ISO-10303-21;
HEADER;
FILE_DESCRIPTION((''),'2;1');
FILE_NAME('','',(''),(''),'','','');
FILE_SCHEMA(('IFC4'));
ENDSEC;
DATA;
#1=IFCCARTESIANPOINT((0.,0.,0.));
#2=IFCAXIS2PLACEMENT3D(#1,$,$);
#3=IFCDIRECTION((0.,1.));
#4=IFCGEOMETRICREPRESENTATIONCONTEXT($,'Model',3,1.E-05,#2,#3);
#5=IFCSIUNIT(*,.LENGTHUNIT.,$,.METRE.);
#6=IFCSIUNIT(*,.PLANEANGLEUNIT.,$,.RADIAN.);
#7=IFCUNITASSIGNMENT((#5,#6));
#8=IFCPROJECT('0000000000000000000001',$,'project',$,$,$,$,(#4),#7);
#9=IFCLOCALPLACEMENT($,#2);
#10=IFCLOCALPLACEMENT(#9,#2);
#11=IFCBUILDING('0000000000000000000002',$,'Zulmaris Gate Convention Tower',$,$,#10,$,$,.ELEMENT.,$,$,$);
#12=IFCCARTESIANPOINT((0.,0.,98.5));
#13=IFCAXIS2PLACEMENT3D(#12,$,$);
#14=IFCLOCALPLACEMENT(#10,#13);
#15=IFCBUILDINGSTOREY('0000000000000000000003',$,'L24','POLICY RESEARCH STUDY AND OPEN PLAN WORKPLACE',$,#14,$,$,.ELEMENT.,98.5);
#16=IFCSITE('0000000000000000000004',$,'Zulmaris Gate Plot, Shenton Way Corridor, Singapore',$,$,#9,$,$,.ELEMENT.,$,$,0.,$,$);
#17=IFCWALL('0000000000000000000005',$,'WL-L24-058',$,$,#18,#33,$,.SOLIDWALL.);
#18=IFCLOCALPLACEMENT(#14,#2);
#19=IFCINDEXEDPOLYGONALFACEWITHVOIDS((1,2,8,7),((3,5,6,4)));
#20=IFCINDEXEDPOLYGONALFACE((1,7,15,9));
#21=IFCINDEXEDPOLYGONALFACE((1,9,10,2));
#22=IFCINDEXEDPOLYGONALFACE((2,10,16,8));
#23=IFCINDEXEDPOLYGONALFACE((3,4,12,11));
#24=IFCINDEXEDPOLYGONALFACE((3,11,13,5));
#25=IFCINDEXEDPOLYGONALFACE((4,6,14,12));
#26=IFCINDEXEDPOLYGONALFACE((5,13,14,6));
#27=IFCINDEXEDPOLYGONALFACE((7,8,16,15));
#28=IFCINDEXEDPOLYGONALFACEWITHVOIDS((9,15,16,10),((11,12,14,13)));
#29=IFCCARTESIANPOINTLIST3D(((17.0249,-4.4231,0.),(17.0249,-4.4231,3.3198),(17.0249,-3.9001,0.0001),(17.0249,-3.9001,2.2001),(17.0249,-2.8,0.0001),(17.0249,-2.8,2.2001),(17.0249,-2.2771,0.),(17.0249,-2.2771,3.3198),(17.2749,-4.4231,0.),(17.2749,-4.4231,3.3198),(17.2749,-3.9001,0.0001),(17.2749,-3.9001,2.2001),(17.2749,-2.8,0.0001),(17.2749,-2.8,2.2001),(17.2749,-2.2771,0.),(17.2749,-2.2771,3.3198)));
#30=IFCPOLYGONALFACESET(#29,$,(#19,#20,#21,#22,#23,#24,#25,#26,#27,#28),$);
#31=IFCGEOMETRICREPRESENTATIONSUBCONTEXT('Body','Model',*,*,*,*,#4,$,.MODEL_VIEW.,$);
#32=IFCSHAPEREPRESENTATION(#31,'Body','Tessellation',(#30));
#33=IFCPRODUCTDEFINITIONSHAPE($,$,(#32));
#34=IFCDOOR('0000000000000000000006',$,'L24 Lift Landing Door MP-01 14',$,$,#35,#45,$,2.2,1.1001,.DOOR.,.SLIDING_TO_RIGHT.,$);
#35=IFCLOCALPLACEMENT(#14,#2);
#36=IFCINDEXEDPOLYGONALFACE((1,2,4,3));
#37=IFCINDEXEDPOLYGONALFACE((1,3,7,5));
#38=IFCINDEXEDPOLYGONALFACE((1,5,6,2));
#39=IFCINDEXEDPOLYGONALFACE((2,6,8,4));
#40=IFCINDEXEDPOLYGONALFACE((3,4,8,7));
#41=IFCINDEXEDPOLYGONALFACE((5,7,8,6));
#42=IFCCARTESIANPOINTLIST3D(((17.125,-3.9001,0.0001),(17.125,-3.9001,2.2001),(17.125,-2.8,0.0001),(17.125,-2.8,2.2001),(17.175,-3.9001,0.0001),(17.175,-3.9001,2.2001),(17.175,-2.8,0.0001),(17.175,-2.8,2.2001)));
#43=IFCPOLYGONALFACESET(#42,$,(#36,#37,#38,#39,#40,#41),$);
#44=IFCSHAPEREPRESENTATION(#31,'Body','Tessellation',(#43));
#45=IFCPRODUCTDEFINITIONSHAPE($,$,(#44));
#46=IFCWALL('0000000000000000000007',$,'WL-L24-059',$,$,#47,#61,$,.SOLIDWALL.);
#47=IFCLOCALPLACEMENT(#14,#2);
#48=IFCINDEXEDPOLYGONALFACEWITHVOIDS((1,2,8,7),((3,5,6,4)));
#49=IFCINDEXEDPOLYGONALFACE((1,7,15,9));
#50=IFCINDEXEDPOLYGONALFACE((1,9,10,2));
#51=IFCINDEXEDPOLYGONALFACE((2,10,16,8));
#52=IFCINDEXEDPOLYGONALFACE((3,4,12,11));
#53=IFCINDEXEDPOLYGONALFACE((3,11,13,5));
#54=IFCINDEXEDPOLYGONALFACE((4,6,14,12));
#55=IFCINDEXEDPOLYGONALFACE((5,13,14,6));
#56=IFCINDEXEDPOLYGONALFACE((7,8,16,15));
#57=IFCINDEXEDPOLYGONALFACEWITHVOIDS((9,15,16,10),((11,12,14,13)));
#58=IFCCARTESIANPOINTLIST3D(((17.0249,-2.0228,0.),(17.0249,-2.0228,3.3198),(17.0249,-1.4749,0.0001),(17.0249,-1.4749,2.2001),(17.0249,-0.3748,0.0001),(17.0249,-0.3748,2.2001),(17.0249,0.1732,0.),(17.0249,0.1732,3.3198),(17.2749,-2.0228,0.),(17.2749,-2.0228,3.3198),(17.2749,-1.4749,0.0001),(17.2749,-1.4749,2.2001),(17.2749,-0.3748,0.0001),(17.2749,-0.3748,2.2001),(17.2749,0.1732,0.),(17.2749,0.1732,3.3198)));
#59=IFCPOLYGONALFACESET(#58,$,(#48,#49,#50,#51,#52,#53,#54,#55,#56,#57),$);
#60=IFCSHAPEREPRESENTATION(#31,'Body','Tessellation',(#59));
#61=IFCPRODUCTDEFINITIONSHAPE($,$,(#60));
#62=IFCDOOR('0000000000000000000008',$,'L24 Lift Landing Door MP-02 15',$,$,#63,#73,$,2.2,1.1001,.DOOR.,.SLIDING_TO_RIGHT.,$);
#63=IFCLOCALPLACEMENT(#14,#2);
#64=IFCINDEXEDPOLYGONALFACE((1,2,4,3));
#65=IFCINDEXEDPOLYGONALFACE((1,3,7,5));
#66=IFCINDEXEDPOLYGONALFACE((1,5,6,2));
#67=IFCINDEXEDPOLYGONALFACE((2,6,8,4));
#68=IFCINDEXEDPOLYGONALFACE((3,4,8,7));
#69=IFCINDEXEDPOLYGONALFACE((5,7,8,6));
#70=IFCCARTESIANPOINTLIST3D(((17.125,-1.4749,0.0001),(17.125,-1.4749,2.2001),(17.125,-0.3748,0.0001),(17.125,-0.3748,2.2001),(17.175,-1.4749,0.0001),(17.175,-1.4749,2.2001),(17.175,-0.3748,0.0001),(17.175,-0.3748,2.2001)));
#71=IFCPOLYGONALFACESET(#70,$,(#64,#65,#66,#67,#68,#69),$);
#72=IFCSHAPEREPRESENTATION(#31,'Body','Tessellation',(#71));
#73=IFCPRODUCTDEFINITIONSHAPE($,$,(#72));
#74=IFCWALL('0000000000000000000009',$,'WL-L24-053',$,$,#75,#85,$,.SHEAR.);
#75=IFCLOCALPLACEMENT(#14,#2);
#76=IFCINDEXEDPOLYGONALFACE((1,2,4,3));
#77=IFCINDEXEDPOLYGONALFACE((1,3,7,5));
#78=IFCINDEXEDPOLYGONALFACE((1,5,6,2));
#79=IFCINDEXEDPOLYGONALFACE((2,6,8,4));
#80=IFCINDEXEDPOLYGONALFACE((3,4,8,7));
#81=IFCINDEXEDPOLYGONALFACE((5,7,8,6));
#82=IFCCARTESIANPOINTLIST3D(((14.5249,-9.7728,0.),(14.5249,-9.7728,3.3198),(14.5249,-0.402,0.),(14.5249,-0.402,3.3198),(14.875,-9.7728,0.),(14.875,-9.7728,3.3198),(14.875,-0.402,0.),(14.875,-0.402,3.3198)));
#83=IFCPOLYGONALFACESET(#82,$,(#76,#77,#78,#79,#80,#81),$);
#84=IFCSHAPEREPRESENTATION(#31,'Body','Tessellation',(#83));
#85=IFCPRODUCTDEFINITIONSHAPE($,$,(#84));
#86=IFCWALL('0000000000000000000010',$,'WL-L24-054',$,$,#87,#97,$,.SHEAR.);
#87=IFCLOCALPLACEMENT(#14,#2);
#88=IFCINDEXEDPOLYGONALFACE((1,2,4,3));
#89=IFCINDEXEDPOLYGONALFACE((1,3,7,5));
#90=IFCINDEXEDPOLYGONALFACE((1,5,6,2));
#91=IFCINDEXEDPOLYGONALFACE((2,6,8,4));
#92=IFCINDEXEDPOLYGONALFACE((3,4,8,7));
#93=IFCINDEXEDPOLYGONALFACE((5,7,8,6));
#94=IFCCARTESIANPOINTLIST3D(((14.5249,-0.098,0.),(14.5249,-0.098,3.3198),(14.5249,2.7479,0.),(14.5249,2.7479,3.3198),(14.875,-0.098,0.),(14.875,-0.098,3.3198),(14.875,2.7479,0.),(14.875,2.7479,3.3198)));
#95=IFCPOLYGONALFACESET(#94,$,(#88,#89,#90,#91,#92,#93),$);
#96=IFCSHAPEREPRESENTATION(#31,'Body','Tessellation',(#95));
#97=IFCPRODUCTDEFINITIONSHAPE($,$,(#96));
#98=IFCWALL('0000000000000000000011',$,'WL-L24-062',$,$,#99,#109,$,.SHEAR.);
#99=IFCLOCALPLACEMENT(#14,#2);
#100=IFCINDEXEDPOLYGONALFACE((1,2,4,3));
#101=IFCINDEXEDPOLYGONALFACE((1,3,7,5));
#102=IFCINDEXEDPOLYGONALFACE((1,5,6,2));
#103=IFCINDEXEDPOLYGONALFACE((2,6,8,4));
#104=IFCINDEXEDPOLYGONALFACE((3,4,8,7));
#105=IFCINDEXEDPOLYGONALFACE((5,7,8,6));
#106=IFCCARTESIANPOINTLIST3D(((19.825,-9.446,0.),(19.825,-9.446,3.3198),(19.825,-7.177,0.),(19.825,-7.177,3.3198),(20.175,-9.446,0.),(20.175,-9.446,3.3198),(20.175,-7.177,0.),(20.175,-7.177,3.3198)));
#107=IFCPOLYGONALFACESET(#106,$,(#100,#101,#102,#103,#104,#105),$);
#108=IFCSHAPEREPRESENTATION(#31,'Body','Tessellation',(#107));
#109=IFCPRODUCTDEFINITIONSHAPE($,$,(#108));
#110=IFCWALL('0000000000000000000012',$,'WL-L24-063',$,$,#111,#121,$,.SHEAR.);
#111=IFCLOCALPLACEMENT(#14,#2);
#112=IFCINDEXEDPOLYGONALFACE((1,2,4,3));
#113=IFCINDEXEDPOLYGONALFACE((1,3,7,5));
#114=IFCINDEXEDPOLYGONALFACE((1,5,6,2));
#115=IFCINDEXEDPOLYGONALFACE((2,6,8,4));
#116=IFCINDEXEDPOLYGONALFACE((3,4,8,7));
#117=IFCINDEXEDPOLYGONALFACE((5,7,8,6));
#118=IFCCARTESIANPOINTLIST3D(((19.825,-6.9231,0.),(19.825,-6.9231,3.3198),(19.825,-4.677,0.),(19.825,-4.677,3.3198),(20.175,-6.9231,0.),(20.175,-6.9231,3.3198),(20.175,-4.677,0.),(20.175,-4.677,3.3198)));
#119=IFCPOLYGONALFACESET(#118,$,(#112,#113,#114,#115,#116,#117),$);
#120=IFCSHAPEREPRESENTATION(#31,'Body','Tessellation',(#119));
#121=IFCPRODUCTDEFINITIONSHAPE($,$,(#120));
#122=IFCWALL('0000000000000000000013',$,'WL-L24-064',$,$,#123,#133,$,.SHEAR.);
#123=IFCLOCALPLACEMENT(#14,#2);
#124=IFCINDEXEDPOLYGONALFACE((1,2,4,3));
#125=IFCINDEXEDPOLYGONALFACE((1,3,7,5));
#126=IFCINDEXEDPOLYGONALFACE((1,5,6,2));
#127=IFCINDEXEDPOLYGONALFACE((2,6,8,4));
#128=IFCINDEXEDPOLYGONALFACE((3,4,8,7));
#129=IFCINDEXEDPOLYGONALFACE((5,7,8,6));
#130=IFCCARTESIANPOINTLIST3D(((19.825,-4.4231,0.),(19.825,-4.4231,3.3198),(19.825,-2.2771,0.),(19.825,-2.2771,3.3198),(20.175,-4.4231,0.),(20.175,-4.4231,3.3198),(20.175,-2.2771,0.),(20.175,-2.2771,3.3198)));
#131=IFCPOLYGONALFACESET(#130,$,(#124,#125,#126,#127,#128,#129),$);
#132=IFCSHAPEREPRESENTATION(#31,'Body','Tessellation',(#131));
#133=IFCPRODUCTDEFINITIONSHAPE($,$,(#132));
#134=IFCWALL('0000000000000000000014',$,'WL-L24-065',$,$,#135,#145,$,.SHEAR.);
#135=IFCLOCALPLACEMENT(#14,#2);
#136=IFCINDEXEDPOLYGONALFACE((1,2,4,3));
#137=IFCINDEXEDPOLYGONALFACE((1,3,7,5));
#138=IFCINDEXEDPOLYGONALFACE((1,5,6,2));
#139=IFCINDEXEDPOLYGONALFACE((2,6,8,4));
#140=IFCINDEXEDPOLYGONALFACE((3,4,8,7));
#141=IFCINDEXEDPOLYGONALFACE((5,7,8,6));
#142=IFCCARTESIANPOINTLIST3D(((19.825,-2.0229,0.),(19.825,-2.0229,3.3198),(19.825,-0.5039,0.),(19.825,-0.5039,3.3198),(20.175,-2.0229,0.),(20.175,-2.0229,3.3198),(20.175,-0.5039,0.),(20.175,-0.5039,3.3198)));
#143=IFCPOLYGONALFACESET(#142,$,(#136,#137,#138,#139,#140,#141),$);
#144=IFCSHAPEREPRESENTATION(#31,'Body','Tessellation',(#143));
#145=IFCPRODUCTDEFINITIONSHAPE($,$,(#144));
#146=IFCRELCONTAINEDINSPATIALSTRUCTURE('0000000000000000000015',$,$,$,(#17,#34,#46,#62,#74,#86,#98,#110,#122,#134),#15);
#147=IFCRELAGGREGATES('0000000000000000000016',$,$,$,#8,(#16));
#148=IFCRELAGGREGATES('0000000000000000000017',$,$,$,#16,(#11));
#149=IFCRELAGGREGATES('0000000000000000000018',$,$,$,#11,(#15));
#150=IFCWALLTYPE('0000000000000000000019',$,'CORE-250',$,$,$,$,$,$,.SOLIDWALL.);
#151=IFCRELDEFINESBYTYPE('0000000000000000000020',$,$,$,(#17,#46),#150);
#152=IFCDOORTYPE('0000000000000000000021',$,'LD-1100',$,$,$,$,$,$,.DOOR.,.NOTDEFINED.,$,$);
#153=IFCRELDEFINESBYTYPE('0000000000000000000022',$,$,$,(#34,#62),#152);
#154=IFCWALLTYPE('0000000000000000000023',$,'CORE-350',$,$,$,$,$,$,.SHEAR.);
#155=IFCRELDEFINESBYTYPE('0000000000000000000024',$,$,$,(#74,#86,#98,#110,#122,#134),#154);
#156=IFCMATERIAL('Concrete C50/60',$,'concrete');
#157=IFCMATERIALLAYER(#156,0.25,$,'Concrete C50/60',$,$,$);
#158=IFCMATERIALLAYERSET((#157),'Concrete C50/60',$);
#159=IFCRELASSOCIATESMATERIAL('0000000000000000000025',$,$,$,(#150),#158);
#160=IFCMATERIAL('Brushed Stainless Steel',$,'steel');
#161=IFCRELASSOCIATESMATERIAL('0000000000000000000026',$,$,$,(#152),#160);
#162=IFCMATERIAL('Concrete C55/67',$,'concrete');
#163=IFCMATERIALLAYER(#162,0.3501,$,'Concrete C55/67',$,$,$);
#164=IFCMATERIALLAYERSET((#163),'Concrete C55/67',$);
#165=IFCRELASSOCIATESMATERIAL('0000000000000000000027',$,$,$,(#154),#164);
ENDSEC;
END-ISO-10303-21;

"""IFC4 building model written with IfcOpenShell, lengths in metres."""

from ifc_helpers import new_model, si_unit, direction, frame, frame_2d, origin, place, context, subcontext, project, spatial, rectangle, extrude, material, layer, layer_set, type_object, element, fill, save


model = new_model("IFC4")

# Units and contexts
model_context = context("Model", 3, precision=1e-05, world=origin(), true_north=direction((0.0, 1.0)))
body_context = subcontext(model_context, "Body", "Model", "MODEL_VIEW")
ifc_project = project(units=[si_unit("LENGTHUNIT", "METRE"), si_unit("PLANEANGLEUNIT", "RADIAN")], contexts=[model_context])

# Site, building, storey
site_placement = place(None, origin())
site = spatial("IfcSite", under=ifc_project, at=site_placement, Name="Zulmaris Gate Plot, Shenton Way Corridor, Singapore", CompositionType="ELEMENT", RefElevation=0.0)
building_placement = place(site_placement, origin())
building = spatial("IfcBuilding", under=site, at=building_placement, Name="Zulmaris Gate Convention Tower", CompositionType="ELEMENT")
storey_placement = place(building_placement, frame((0.0, 0.0, 98.5)))
storey = spatial("IfcBuildingStorey", under=building, at=storey_placement, Name="L24", Description="POLICY RESEARCH STUDY AND OPEN PLAN WORKPLACE", CompositionType="ELEMENT", Elevation=98.5)

# Shared definitions
ifc_material_1 = material(Name="Concrete C50/60", Category="concrete")
ifc_layer_1 = layer(ifc_material_1, 0.25, Name="Concrete C50/60")
ifc_layer_set_1 = layer_set([ifc_layer_1], Name="Concrete C50/60")
wall_type_1 = type_object("IfcWallType", Name="CORE-250", PredefinedType="SOLIDWALL", material=ifc_layer_set_1)

# Walls, openings, doors
wall_1_placement = place(storey_placement, frame((17.1499, -4.4231, 0.0), z_axis=(0.0, 0.0, 1.0), x_axis=(0.0, 1.0, 0.0)))
wall_1 = element("IfcWall", 1, at=wall_1_placement, inside=storey, type_object=wall_type_1, Name="WL-L24-058", PredefinedType="SOLIDWALL", context=body_context, shape_type="SweptSolid", body=[
    extrude(rectangle(XDim=2.146, YDim=0.25, at=frame_2d((1.073, 0.0))), origin(), (0.0, 0.0, 1.0), 3.3198),
])
opening_1_placement = place(wall_1_placement, frame((0.5229, 0.0, 0.0)))
opening_1 = element("IfcOpeningElement", 2, at=opening_1_placement, cuts=wall_1, PredefinedType="OPENING", context=body_context, shape_type="SweptSolid", body=[
    extrude(rectangle(XDim=1.1001, YDim=2.2, at=frame_2d((0.55, 1.1001))), frame((0.0, 0.135, 0.0), z_axis=(0.0, -1.0, 0.0), x_axis=(1.0, 0.0, 0.0)), (0.0, 0.0, 1.0), 0.27),
])
ifc_material_2 = material(Name="Brushed Stainless Steel", Category="steel")
door_type = type_object("IfcDoorType", Name="LD-1100", OperationType="NOTDEFINED", PredefinedType="DOOR", material=ifc_material_2)
door_1_placement = place(opening_1_placement, origin())
door_1 = element("IfcDoor", 3, at=door_1_placement, inside=storey, type_object=door_type, Name="L24 Lift Landing Door MP-01 14", OperationType="SLIDING_TO_RIGHT", OverallHeight=2.2, OverallWidth=1.1001, PredefinedType="DOOR", context=body_context, shape_type="SweptSolid", body=[
    extrude(rectangle(XDim=1.1001, YDim=2.2, at=frame_2d((0.55, 1.1001))), frame((0.0, 0.0249, 0.0), z_axis=(0.0, -1.0, 0.0), x_axis=(1.0, 0.0, 0.0)), (0.0, 0.0, 1.0), 0.05),
])
fill(opening_1, door_1)
wall_2_placement = place(storey_placement, frame((17.1499, -2.0229, 0.0), z_axis=(0.0, 0.0, 1.0), x_axis=(0.0, 1.0, 0.0)))
wall_2 = element("IfcWall", 4, at=wall_2_placement, inside=storey, type_object=wall_type_1, Name="WL-L24-059", PredefinedType="SOLIDWALL", context=body_context, shape_type="SweptSolid", body=[
    extrude(rectangle(XDim=2.196, YDim=0.25, at=frame_2d((1.0981, 0.0))), origin(), (0.0, 0.0, 1.0), 3.3198),
])
opening_2_placement = place(wall_2_placement, frame((0.5481, 0.0, 0.0)))
opening_2 = element("IfcOpeningElement", 5, at=opening_2_placement, cuts=wall_2, PredefinedType="OPENING", context=body_context, shape_type="SweptSolid", body=[
    extrude(rectangle(XDim=1.1001, YDim=2.2, at=frame_2d((0.55, 1.1001))), frame((0.0, 0.135, 0.0), z_axis=(0.0, -1.0, 0.0), x_axis=(1.0, 0.0, 0.0)), (0.0, 0.0, 1.0), 0.27),
])
door_2_placement = place(opening_2_placement, origin())
door_2 = element("IfcDoor", 6, at=door_2_placement, inside=storey, type_object=door_type, Name="L24 Lift Landing Door MP-02 15", OperationType="SLIDING_TO_RIGHT", OverallHeight=2.2, OverallWidth=1.1001, PredefinedType="DOOR", context=body_context, shape_type="SweptSolid", body=[
    extrude(rectangle(XDim=1.1001, YDim=2.2, at=frame_2d((0.55, 1.1001))), frame((0.0, 0.0249, 0.0), z_axis=(0.0, -1.0, 0.0), x_axis=(1.0, 0.0, 0.0)), (0.0, 0.0, 1.0), 0.05),
])
fill(opening_2, door_2)

# Walls
ifc_material_3 = material(Name="Concrete C55/67", Category="concrete")
ifc_layer_2 = layer(ifc_material_3, 0.3501, Name="Concrete C55/67")
ifc_layer_set_2 = layer_set([ifc_layer_2], Name="Concrete C55/67")
wall_type_2 = type_object("IfcWallType", Name="CORE-350", PredefinedType="SHEAR", material=ifc_layer_set_2)
wall_3_placement = place(storey_placement, frame((14.7, -9.7729, 0.0), z_axis=(0.0, 0.0, 1.0), x_axis=(0.0, 1.0, 0.0)))
element("IfcWall", 7, at=wall_3_placement, inside=storey, type_object=wall_type_2, Name="WL-L24-053", PredefinedType="SHEAR", context=body_context, shape_type="SweptSolid", body=[
    extrude(rectangle(XDim=9.3708, YDim=0.3501, at=frame_2d((4.6855, 0.0))), origin(), (0.0, 0.0, 1.0), 3.3198),
])
wall_4_placement = place(storey_placement, frame((14.7, -0.0979, 0.0), z_axis=(0.0, 0.0, 1.0), x_axis=(0.0, 1.0, 0.0)))
element("IfcWall", 8, at=wall_4_placement, inside=storey, type_object=wall_type_2, Name="WL-L24-054", PredefinedType="SHEAR", context=body_context, shape_type="SweptSolid", body=[
    extrude(rectangle(XDim=2.8459, YDim=0.3501, at=frame_2d((1.4229, 0.0))), origin(), (0.0, 0.0, 1.0), 3.3198),
])
wall_5_placement = place(storey_placement, frame((20.0, -9.446, 0.0), z_axis=(0.0, 0.0, 1.0), x_axis=(0.0, 1.0, 0.0)))
element("IfcWall", 9, at=wall_5_placement, inside=storey, type_object=wall_type_2, Name="WL-L24-062", PredefinedType="SHEAR", context=body_context, shape_type="SweptSolid", body=[
    extrude(rectangle(XDim=2.269, YDim=0.3501, at=frame_2d((1.1345, 0.0))), origin(), (0.0, 0.0, 1.0), 3.3198),
])
wall_6_placement = place(storey_placement, frame((20.0, -6.9231, 0.0), z_axis=(0.0, 0.0, 1.0), x_axis=(0.0, 1.0, 0.0)))
element("IfcWall", 10, at=wall_6_placement, inside=storey, type_object=wall_type_2, Name="WL-L24-063", PredefinedType="SHEAR", context=body_context, shape_type="SweptSolid", body=[
    extrude(rectangle(XDim=2.2461, YDim=0.3501, at=frame_2d((1.123, 0.0))), origin(), (0.0, 0.0, 1.0), 3.3198),
])
wall_7_placement = place(storey_placement, frame((20.0, -4.4231, 0.0), z_axis=(0.0, 0.0, 1.0), x_axis=(0.0, 1.0, 0.0)))
element("IfcWall", 11, at=wall_7_placement, inside=storey, type_object=wall_type_2, Name="WL-L24-064", PredefinedType="SHEAR", context=body_context, shape_type="SweptSolid", body=[
    extrude(rectangle(XDim=2.146, YDim=0.3501, at=frame_2d((1.073, 0.0))), origin(), (0.0, 0.0, 1.0), 3.3198),
])
wall_8_placement = place(storey_placement, frame((20.0, -2.0229, 0.0), z_axis=(0.0, 0.0, 1.0), x_axis=(0.0, 1.0, 0.0)))
element("IfcWall", 12, at=wall_8_placement, inside=storey, type_object=wall_type_2, Name="WL-L24-065", PredefinedType="SHEAR", context=body_context, shape_type="SweptSolid", body=[
    extrude(rectangle(XDim=1.519, YDim=0.3501, at=frame_2d((0.7595, 0.0))), origin(), (0.0, 0.0, 1.0), 3.3198),
])

save(model, "model.ifc")
